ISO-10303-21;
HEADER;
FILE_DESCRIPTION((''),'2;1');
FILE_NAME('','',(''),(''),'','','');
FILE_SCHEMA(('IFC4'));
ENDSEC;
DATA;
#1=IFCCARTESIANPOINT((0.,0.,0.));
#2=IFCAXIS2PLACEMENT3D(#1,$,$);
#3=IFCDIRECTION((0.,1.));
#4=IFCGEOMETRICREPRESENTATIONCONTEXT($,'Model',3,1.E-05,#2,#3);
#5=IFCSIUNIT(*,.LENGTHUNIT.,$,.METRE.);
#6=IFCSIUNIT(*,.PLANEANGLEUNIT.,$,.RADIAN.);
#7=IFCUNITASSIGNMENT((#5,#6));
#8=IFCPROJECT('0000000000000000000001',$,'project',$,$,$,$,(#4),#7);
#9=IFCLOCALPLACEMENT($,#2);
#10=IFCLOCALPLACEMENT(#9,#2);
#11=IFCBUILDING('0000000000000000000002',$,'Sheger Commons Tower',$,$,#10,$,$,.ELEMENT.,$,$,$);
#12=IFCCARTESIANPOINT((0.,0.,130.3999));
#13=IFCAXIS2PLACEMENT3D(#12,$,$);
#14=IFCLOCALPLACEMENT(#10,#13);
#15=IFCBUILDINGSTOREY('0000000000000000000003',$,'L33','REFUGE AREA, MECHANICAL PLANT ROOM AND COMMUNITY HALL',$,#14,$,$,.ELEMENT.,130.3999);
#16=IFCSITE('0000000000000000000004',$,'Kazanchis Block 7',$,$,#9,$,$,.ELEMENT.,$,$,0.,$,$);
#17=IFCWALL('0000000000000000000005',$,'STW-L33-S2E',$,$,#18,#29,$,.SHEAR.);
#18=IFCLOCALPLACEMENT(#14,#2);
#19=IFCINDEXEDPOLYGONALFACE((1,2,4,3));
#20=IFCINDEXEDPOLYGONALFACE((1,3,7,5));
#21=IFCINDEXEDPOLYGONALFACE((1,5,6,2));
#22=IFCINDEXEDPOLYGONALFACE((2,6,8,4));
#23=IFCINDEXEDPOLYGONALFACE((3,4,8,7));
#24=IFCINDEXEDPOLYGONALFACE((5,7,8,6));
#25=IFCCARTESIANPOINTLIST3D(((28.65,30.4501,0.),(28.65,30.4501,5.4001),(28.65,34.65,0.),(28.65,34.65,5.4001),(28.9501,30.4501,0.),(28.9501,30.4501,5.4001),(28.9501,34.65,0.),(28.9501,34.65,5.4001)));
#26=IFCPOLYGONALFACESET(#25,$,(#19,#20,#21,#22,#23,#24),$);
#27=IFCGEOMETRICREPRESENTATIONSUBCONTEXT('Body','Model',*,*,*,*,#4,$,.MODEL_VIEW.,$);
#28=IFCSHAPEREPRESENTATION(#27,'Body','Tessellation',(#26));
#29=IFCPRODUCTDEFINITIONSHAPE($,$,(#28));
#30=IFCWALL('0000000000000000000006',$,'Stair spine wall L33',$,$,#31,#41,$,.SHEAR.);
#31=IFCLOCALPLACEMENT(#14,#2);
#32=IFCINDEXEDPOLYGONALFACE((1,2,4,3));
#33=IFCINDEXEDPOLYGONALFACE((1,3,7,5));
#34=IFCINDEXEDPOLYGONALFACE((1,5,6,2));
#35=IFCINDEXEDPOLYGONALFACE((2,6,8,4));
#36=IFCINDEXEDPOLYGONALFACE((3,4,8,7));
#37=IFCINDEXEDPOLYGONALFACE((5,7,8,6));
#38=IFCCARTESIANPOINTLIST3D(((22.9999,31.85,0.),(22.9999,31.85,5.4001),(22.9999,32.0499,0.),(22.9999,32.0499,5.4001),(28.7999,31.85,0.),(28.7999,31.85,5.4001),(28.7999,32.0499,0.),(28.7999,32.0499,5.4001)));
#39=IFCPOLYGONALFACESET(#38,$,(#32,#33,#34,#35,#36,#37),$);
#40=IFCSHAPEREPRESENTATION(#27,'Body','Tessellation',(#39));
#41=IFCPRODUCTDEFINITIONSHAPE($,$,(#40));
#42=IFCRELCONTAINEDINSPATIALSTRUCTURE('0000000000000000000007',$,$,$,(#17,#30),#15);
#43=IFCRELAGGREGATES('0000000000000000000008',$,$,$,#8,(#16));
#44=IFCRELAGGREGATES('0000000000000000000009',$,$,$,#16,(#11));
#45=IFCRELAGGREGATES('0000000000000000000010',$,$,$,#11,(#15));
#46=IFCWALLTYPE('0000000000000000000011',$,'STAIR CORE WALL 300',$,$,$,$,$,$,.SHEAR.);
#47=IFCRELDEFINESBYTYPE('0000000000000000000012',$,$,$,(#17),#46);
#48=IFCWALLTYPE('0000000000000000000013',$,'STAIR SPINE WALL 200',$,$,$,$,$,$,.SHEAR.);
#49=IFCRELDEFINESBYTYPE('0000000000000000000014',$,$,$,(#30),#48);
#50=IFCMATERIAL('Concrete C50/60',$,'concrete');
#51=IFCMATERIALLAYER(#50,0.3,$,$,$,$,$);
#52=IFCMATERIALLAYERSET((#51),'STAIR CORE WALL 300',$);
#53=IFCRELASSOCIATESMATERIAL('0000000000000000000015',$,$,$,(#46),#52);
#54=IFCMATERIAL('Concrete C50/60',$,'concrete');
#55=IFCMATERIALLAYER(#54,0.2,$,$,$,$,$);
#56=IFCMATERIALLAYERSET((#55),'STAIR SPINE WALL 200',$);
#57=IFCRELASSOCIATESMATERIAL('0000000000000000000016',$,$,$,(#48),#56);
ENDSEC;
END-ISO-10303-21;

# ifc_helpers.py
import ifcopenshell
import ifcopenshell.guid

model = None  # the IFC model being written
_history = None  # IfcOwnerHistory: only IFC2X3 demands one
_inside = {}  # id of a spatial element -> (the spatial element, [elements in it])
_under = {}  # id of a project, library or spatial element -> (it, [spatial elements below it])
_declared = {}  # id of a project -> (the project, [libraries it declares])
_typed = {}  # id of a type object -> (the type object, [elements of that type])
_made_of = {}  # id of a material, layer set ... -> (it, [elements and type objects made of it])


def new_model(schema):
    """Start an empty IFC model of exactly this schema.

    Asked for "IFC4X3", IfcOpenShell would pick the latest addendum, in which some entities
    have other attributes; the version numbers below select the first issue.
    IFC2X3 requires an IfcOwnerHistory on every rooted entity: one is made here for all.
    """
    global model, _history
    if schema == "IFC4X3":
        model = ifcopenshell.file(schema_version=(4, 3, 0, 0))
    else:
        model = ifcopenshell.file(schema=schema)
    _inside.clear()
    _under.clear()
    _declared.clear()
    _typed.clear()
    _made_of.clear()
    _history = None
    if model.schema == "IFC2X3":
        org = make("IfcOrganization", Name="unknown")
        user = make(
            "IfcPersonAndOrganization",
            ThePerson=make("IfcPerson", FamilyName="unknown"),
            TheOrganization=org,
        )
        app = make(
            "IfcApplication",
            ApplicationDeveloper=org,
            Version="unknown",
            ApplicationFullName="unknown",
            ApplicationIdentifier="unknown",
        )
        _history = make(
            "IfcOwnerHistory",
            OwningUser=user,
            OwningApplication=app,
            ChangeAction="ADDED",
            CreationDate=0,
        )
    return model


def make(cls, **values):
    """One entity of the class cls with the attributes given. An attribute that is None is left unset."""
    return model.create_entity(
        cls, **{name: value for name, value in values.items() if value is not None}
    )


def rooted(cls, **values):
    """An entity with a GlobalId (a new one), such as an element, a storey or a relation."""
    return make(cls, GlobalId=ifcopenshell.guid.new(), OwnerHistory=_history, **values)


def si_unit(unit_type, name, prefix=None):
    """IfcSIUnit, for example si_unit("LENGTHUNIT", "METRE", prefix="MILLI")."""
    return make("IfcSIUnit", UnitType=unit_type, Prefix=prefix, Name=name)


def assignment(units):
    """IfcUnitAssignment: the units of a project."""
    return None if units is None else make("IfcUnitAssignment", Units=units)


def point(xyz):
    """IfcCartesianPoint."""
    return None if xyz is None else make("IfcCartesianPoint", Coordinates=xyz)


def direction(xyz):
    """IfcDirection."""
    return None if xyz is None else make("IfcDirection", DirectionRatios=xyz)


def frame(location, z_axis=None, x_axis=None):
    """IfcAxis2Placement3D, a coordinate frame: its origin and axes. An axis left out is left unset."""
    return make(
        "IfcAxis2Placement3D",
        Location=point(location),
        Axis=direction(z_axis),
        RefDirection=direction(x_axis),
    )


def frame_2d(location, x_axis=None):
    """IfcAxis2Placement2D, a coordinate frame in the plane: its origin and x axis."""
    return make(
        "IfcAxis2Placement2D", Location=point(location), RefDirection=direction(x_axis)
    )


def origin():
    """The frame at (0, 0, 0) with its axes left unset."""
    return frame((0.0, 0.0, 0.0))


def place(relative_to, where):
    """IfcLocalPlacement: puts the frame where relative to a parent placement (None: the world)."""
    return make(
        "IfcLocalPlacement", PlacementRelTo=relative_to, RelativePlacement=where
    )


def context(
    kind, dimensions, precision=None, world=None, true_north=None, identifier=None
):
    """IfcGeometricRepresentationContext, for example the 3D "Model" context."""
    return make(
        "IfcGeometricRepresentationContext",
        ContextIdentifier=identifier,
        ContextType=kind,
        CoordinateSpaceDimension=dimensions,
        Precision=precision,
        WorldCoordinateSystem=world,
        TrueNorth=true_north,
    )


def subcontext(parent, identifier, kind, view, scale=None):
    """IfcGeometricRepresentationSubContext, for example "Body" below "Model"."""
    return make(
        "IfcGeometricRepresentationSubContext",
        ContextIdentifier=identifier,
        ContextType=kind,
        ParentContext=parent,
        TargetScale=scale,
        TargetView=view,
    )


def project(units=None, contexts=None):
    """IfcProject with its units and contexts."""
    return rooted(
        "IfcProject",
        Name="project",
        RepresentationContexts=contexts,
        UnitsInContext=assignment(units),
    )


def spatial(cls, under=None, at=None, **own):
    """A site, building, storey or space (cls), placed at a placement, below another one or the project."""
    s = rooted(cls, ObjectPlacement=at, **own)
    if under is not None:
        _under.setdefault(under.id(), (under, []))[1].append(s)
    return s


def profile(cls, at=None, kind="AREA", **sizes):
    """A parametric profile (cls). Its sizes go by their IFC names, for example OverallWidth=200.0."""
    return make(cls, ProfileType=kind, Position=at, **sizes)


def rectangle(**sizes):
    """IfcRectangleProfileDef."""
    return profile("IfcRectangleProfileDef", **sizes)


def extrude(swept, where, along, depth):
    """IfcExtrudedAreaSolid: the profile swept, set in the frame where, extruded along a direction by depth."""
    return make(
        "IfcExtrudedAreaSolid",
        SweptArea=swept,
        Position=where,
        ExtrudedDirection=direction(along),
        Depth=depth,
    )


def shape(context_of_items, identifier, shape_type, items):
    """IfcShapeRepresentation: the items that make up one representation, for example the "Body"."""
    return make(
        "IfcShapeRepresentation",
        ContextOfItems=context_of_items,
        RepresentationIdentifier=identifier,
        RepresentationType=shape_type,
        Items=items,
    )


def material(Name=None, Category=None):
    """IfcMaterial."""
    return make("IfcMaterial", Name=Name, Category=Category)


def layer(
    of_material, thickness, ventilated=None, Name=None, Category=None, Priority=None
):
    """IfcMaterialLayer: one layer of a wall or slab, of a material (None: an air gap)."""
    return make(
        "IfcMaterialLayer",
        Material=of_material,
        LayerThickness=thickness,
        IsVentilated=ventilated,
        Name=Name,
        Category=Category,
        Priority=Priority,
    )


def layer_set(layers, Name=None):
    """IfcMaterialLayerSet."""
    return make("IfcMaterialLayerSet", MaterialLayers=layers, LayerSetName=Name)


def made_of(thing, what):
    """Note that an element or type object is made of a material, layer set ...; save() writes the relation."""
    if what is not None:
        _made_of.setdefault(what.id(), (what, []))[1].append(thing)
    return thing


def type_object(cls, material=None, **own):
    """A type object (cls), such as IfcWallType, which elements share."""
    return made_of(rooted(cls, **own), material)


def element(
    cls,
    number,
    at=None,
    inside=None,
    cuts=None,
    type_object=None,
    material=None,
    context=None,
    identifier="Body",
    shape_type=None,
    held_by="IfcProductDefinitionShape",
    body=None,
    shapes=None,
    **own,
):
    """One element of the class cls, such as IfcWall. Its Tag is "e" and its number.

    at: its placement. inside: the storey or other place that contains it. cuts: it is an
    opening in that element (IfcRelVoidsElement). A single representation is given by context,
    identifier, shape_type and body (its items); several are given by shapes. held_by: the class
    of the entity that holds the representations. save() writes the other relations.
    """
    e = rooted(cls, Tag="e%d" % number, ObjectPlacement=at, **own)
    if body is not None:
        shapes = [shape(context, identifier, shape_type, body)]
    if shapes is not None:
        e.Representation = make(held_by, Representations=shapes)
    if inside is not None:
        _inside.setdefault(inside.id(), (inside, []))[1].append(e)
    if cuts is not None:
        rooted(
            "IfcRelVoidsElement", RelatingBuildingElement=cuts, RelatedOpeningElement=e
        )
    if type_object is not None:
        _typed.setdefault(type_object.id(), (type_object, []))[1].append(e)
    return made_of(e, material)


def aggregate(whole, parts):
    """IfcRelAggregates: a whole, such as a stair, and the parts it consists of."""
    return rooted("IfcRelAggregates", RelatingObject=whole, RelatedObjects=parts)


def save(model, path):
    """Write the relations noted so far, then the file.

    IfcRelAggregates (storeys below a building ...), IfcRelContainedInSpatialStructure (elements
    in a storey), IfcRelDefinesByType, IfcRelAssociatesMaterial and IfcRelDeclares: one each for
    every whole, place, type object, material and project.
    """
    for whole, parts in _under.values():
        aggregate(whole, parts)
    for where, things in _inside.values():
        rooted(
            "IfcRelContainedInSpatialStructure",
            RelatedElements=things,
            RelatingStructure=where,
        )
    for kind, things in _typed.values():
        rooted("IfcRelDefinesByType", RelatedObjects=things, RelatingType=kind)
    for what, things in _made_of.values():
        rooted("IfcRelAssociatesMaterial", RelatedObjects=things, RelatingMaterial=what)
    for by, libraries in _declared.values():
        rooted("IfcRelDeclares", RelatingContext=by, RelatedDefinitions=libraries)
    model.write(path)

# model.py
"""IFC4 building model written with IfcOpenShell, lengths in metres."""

from ifc_helpers import new_model, si_unit, direction, frame, frame_2d, origin, place, context, subcontext, project, spatial, rectangle, extrude, material, layer, layer_set, type_object, element, save


model = new_model("IFC4")

# Units and contexts
model_context = context("Model", 3, precision=1e-05, world=origin(), true_north=direction((0.0, 1.0)))
body_context = subcontext(model_context, "Body", "Model", "MODEL_VIEW")
ifc_project = project(units=[si_unit("LENGTHUNIT", "METRE"), si_unit("PLANEANGLEUNIT", "RADIAN")], contexts=[model_context])

# Site, building, storey
site_placement = place(None, origin())
site = spatial("IfcSite", under=ifc_project, at=site_placement, Name="Kazanchis Block 7", CompositionType="ELEMENT", RefElevation=0.0)
building_placement = place(site_placement, origin())
building = spatial("IfcBuilding", under=site, at=building_placement, Name="Sheger Commons Tower", CompositionType="ELEMENT")
storey_placement = place(building_placement, frame((0.0, 0.0, 130.3999)))
storey = spatial("IfcBuildingStorey", under=building, at=storey_placement, Name="L33", Description="REFUGE AREA, MECHANICAL PLANT ROOM AND COMMUNITY HALL", CompositionType="ELEMENT", Elevation=130.3999)

# Walls
ifc_material_1 = material(Name="Concrete C50/60", Category="concrete")
ifc_layer_1 = layer(ifc_material_1, 0.3)
ifc_layer_set_1 = layer_set([ifc_layer_1], Name="STAIR CORE WALL 300")
wall_type_1 = type_object("IfcWallType", Name="STAIR CORE WALL 300", PredefinedType="SHEAR", material=ifc_layer_set_1)
wall_1_placement = place(storey_placement, frame((28.8, 30.45, 0.0), z_axis=(0.0, 0.0, 1.0), x_axis=(0.0, 1.0, 0.0)))
element("IfcWall", 1, at=wall_1_placement, inside=storey, type_object=wall_type_1, Name="STW-L33-S2E", PredefinedType="SHEAR", context=body_context, shape_type="SweptSolid", body=[
    extrude(rectangle(XDim=4.2, YDim=0.3, at=frame_2d((2.1001, 0.0))), origin(), (0.0, 0.0, 1.0), 5.4001),
])
ifc_material_2 = material(Name="Concrete C50/60", Category="concrete")
ifc_layer_2 = layer(ifc_material_2, 0.2)
ifc_layer_set_2 = layer_set([ifc_layer_2], Name="STAIR SPINE WALL 200")
wall_type_2 = type_object("IfcWallType", Name="STAIR SPINE WALL 200", PredefinedType="SHEAR", material=ifc_layer_set_2)
wall_2_placement = place(storey_placement, frame((23.0, 31.95, 0.0), z_axis=(0.0, 0.0, 1.0), x_axis=(1.0, 0.0, 0.0)))
element("IfcWall", 2, at=wall_2_placement, inside=storey, type_object=wall_type_2, Name="Stair spine wall L33", PredefinedType="SHEAR", context=body_context, shape_type="SweptSolid", body=[
    extrude(rectangle(XDim=5.8, YDim=0.2, at=frame_2d((2.8999, 0.0))), origin(), (0.0, 0.0, 1.0), 5.4001),
])

save(model, "model.ifc")
